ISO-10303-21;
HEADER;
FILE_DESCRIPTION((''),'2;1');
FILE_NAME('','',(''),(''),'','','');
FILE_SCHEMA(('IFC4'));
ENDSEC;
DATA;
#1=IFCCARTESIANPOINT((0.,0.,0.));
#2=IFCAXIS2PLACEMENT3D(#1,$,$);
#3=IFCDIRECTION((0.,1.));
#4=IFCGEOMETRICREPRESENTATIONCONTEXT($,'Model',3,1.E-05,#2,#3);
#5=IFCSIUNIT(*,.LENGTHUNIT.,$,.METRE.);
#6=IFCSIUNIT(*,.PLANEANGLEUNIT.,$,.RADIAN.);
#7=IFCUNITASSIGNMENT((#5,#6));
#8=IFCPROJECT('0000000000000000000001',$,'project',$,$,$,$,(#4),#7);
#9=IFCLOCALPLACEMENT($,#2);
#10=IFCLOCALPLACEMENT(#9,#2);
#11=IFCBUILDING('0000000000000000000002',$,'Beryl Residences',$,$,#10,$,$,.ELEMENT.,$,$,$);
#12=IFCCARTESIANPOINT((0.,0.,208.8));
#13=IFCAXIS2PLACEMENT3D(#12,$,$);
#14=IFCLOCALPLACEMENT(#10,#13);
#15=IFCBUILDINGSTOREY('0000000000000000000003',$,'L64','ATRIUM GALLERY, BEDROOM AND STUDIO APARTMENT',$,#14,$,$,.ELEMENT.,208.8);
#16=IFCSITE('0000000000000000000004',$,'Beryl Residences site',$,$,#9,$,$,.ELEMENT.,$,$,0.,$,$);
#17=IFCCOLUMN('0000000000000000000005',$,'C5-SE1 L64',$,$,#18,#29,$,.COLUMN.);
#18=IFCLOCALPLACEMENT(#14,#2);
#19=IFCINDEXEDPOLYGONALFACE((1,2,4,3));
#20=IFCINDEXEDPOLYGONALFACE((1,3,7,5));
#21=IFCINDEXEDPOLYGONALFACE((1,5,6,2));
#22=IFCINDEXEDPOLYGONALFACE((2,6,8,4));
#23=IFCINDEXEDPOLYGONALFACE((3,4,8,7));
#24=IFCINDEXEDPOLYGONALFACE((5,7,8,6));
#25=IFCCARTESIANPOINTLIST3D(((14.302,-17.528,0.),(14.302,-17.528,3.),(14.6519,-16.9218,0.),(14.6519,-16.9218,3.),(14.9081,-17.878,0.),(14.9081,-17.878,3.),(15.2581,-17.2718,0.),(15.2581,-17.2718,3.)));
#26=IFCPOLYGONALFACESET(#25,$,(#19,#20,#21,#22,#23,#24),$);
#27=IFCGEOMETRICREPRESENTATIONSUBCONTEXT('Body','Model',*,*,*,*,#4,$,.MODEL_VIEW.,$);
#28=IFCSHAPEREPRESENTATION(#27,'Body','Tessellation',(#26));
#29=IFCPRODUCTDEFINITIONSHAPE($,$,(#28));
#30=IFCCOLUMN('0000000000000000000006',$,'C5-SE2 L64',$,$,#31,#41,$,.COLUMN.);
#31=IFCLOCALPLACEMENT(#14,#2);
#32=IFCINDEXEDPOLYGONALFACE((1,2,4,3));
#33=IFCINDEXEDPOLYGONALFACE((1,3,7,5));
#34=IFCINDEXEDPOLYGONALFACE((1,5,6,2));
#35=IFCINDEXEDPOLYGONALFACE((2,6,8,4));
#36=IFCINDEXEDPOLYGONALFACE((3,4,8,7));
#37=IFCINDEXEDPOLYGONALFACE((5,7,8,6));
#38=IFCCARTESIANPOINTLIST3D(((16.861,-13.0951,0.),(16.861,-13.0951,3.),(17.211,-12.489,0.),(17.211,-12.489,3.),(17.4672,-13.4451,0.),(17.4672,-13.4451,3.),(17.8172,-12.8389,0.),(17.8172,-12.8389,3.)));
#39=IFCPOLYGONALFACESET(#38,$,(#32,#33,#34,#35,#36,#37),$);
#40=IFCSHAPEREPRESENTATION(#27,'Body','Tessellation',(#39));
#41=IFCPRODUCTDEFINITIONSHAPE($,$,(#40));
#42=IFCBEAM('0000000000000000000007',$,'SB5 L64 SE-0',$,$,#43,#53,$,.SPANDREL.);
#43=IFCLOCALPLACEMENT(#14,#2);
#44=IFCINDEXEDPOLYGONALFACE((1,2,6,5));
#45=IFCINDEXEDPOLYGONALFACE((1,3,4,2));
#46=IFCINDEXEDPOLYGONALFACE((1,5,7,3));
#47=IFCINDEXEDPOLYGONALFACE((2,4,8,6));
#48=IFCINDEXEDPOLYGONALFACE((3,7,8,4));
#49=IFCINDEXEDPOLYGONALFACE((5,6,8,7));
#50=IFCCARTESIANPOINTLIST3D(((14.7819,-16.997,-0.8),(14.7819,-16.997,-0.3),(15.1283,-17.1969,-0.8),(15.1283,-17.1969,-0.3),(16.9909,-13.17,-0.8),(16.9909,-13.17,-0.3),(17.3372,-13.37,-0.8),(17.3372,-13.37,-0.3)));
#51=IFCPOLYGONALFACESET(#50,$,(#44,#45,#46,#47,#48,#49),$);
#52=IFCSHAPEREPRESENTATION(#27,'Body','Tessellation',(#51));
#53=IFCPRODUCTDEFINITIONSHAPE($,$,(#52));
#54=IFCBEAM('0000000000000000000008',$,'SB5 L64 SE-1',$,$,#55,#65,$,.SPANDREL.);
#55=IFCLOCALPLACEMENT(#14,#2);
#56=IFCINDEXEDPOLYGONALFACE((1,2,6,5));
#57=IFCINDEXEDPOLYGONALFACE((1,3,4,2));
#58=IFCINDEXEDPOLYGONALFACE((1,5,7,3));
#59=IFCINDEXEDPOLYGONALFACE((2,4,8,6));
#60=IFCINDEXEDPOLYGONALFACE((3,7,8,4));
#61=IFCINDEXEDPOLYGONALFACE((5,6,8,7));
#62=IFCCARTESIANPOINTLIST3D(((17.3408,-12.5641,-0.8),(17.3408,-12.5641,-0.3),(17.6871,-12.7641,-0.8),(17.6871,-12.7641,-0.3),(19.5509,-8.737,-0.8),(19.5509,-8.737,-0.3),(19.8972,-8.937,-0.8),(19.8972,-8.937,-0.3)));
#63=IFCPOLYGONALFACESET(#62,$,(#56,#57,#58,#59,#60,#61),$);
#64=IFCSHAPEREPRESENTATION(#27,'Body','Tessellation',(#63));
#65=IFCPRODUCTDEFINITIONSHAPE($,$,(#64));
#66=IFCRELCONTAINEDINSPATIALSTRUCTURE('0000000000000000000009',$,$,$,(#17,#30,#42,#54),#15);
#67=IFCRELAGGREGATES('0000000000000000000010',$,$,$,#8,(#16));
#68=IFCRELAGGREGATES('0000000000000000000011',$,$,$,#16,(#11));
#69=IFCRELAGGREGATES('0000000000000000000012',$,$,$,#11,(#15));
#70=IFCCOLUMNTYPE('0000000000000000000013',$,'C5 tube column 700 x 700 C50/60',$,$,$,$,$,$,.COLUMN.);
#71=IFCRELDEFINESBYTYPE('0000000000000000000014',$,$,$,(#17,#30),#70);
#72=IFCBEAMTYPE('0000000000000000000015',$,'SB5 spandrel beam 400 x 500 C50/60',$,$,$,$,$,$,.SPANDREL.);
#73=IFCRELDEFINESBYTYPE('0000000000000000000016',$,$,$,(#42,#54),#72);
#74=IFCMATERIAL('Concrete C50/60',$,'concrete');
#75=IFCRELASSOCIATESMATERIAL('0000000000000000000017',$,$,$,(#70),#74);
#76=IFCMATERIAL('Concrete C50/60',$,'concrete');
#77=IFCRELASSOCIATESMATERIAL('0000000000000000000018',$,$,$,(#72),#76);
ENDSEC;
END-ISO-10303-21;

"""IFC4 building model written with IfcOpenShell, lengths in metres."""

from ifc_helpers import new_model, si_unit, direction, frame, origin, origin_2d, place, context, subcontext, project, spatial, rectangle, extrude, material, material_profile, profile_set, type_object, element, save


model = new_model("IFC4")

# Units and contexts
model_context = context("Model", 3, precision=1e-05, world=origin(), true_north=direction((0.0, 1.0)))
body_context = subcontext(model_context, "Body", "Model", "MODEL_VIEW")
ifc_project = project(units=[si_unit("LENGTHUNIT", "METRE"), si_unit("PLANEANGLEUNIT", "RADIAN")], contexts=[model_context])

# Site, building, storey
site_placement = place(None, origin())
site = spatial("IfcSite", under=ifc_project, at=site_placement, Name="Beryl Residences site", CompositionType="ELEMENT", RefElevation=0.0)
building_placement = place(site_placement, origin())
building = spatial("IfcBuilding", under=site, at=building_placement, Name="Beryl Residences", CompositionType="ELEMENT")
storey_placement = place(building_placement, frame((0.0, 0.0, 208.8)))
storey = spatial("IfcBuildingStorey", under=building, at=storey_placement, Name="L64", Description="ATRIUM GALLERY, BEDROOM AND STUDIO APARTMENT", CompositionType="ELEMENT", Elevation=208.8)

# Columns
ifc_material_1 = material(Name="Concrete C50/60", Category="concrete")
ifc_material_profile_1 = material_profile(ifc_material_1, rectangle(XDim=0.7, YDim=0.7, at=origin_2d()))
ifc_profile_set_1 = profile_set([ifc_material_profile_1], Name="Concrete C50/60")
column_type = type_object("IfcColumnType", Name="C5 tube column 700 x 700 C50/60", PredefinedType="COLUMN", material=ifc_profile_set_1)
for number, where, z_axis, x_axis, name in (
    (1, (14.78, -17.3999, 0.0), (0.0, 0.0, 1.0), (0.499985, 0.866034, 0.0), "C5-SE1 L64"),
    (2, (17.3391, -12.967, 0.0), (0.0, 0.0, 1.0), (0.499985, 0.866034, 0.0), "C5-SE2 L64"),
):
    element("IfcColumn", number, at=place(storey_placement, frame(where, z_axis=z_axis, x_axis=x_axis)), inside=storey, type_object=column_type, Name=name, PredefinedType="COLUMN", context=body_context, shape_type="SweptSolid", body=[
        extrude(rectangle(XDim=0.7, YDim=0.7, at=origin_2d()), origin(), (0.0, 0.0, 1.0), 3.0),
    ])

# Beams
ifc_material_2 = material(Name="Concrete C50/60", Category="concrete")
ifc_material_profile_2 = material_profile(ifc_material_2, rectangle(XDim=0.3999, YDim=0.5, at=origin_2d()))
ifc_profile_set_2 = profile_set([ifc_material_profile_2], Name="Concrete C50/60")
beam_type = type_object("IfcBeamType", Name="SB5 spandrel beam 400 x 500 C50/60", PredefinedType="SPANDREL", material=ifc_profile_set_2)
beam_1_placement = place(storey_placement, frame((14.9551, -17.0969, -0.55), z_axis=(0.499919, 0.866072, 0.0), x_axis=(-0.866072, 0.499919, 0.0)))
element("IfcBeam", 3, at=beam_1_placement, inside=storey, type_object=beam_type, Name="SB5 L64 SE-0", PredefinedType="SPANDREL", context=body_context, shape_type="SweptSolid", body=[
    extrude(rectangle(XDim=0.3999, YDim=0.5, at=origin_2d()), origin(), (0.0, 0.0, 1.0), 4.4187),
])
beam_2_placement = place(storey_placement, frame((17.5139, -12.6641, -0.55), z_axis=(0.500102, 0.865967, 0.0), x_axis=(-0.865967, 0.500102, 0.0)))
element("IfcBeam", 4, at=beam_2_placement, inside=storey, type_object=beam_type, Name="SB5 L64 SE-1", PredefinedType="SPANDREL", context=body_context, shape_type="SweptSolid", body=[
    extrude(rectangle(XDim=0.3999, YDim=0.5, at=origin_2d()), origin(), (0.0, 0.0, 1.0), 4.4194),
])

save(model, "model.ifc")
